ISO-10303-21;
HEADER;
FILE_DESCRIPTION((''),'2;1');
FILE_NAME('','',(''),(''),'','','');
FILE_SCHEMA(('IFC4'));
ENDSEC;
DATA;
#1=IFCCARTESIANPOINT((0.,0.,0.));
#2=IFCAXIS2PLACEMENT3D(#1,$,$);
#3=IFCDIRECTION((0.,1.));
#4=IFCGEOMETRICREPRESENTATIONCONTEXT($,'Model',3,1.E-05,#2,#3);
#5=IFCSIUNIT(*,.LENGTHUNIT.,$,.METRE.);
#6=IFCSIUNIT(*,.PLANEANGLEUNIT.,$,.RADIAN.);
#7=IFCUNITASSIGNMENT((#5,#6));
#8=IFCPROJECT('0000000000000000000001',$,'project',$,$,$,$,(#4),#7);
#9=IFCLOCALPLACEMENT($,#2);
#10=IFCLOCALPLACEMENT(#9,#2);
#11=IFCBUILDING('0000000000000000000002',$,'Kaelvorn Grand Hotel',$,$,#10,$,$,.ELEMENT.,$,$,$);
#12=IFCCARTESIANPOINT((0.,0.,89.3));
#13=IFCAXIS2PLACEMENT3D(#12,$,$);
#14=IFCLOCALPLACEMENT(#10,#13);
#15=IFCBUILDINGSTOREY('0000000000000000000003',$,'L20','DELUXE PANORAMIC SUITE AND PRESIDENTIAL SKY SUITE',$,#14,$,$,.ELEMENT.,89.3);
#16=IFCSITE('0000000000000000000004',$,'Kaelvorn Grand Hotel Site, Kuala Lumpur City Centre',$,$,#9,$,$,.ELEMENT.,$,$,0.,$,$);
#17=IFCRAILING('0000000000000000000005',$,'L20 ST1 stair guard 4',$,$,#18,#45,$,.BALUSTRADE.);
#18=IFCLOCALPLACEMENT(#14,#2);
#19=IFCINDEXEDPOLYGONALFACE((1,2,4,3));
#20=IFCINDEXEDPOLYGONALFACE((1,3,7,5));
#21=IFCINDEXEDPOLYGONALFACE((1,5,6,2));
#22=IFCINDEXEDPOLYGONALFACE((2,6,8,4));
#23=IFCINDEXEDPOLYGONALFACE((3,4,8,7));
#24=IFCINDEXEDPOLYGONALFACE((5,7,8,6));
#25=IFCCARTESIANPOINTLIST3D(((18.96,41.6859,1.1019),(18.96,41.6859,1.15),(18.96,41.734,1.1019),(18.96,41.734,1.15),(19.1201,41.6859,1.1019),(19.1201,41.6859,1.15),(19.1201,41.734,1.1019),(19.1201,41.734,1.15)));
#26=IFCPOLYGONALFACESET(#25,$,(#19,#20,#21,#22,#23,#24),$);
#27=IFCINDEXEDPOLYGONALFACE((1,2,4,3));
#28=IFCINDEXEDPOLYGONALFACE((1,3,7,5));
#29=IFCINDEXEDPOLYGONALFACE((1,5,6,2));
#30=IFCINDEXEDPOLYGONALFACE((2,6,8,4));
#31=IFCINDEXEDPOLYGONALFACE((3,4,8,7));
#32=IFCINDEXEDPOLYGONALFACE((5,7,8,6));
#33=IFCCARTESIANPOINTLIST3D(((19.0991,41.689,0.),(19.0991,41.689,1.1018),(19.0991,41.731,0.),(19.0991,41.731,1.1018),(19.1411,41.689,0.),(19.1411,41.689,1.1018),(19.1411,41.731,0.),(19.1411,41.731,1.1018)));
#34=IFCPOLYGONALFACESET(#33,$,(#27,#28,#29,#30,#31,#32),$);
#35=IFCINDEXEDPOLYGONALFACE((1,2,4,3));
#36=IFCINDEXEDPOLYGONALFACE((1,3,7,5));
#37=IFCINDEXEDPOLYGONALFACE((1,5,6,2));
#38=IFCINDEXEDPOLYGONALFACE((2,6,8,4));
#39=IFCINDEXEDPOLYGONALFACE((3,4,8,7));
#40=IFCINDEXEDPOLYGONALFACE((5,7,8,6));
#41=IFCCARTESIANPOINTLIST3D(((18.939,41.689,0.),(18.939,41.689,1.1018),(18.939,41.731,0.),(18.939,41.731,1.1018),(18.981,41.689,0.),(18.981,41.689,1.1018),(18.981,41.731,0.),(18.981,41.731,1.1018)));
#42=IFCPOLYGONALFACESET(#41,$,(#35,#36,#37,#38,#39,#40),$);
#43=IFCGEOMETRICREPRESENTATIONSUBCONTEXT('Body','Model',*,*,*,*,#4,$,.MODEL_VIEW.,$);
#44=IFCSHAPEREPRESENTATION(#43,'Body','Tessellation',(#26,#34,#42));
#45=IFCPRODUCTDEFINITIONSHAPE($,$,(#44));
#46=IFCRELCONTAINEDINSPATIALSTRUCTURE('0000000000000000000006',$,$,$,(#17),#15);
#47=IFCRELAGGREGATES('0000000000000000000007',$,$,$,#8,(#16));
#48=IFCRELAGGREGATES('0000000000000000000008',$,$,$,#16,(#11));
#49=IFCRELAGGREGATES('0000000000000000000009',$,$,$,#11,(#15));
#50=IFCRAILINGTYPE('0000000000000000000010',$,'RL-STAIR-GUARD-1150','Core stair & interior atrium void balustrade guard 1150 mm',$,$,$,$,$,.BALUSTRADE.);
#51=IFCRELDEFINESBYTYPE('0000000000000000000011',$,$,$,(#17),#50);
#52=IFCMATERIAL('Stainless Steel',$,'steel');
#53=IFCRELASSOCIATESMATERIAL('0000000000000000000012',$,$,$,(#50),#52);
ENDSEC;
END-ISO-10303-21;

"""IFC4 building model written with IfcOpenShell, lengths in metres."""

from ifc_helpers import new_model, si_unit, direction, frame, origin, origin_2d, place, context, subcontext, project, spatial, rectangle, extrude, material, type_object, element, save


model = new_model("IFC4")

# Units and contexts
model_context = context("Model", 3, precision=1e-05, world=origin(), true_north=direction((0.0, 1.0)))
body_context = subcontext(model_context, "Body", "Model", "MODEL_VIEW")
ifc_project = project(units=[si_unit("LENGTHUNIT", "METRE"), si_unit("PLANEANGLEUNIT", "RADIAN")], contexts=[model_context])

# Site, building, storey
site_placement = place(None, origin())
site = spatial("IfcSite", under=ifc_project, at=site_placement, Name="Kaelvorn Grand Hotel Site, Kuala Lumpur City Centre", CompositionType="ELEMENT", RefElevation=0.0)
building_placement = place(site_placement, origin())
building = spatial("IfcBuilding", under=site, at=building_placement, Name="Kaelvorn Grand Hotel", CompositionType="ELEMENT")
storey_placement = place(building_placement, frame((0.0, 0.0, 89.3)))
storey = spatial("IfcBuildingStorey", under=building, at=storey_placement, Name="L20", Description="DELUXE PANORAMIC SUITE AND PRESIDENTIAL SKY SUITE", CompositionType="ELEMENT", Elevation=89.3)

# Shared definitions
ifc_material_1 = material(Name="Stainless Steel", Category="steel")

# Railing
railing_type_1 = type_object("IfcRailingType", Name="RL-STAIR-GUARD-1150", Description="Core stair & interior atrium void balustrade guard 1150 mm", PredefinedType="BALUSTRADE", material=ifc_material_1)
railing_1_placement = place(storey_placement, frame((19.1201, 41.71, 0.0)))
element("IfcRailing", 1, at=railing_1_placement, inside=storey, type_object=railing_type_1, Name="L20 ST1 stair guard 4", PredefinedType="BALUSTRADE", context=body_context, shape_type="SweptSolid", body=[
    extrude(rectangle(XDim=0.0481, YDim=0.0481, at=origin_2d()), frame((0.0, 0.0, 1.126), z_axis=(-1.0, 0.0, 0.0), x_axis=(0.0, -1.0, 0.0)), (0.0, 0.0, 1.0), 0.1602),
    extrude(rectangle(XDim=0.042, YDim=0.042, at=origin_2d()), origin(), (0.0, 0.0, 1.0), 1.1018),
    extrude(rectangle(XDim=0.042, YDim=0.042, at=origin_2d()), frame((-0.1602, 0.0, 0.0)), (0.0, 0.0, 1.0), 1.1018),
])

save(model, "model.ifc")
